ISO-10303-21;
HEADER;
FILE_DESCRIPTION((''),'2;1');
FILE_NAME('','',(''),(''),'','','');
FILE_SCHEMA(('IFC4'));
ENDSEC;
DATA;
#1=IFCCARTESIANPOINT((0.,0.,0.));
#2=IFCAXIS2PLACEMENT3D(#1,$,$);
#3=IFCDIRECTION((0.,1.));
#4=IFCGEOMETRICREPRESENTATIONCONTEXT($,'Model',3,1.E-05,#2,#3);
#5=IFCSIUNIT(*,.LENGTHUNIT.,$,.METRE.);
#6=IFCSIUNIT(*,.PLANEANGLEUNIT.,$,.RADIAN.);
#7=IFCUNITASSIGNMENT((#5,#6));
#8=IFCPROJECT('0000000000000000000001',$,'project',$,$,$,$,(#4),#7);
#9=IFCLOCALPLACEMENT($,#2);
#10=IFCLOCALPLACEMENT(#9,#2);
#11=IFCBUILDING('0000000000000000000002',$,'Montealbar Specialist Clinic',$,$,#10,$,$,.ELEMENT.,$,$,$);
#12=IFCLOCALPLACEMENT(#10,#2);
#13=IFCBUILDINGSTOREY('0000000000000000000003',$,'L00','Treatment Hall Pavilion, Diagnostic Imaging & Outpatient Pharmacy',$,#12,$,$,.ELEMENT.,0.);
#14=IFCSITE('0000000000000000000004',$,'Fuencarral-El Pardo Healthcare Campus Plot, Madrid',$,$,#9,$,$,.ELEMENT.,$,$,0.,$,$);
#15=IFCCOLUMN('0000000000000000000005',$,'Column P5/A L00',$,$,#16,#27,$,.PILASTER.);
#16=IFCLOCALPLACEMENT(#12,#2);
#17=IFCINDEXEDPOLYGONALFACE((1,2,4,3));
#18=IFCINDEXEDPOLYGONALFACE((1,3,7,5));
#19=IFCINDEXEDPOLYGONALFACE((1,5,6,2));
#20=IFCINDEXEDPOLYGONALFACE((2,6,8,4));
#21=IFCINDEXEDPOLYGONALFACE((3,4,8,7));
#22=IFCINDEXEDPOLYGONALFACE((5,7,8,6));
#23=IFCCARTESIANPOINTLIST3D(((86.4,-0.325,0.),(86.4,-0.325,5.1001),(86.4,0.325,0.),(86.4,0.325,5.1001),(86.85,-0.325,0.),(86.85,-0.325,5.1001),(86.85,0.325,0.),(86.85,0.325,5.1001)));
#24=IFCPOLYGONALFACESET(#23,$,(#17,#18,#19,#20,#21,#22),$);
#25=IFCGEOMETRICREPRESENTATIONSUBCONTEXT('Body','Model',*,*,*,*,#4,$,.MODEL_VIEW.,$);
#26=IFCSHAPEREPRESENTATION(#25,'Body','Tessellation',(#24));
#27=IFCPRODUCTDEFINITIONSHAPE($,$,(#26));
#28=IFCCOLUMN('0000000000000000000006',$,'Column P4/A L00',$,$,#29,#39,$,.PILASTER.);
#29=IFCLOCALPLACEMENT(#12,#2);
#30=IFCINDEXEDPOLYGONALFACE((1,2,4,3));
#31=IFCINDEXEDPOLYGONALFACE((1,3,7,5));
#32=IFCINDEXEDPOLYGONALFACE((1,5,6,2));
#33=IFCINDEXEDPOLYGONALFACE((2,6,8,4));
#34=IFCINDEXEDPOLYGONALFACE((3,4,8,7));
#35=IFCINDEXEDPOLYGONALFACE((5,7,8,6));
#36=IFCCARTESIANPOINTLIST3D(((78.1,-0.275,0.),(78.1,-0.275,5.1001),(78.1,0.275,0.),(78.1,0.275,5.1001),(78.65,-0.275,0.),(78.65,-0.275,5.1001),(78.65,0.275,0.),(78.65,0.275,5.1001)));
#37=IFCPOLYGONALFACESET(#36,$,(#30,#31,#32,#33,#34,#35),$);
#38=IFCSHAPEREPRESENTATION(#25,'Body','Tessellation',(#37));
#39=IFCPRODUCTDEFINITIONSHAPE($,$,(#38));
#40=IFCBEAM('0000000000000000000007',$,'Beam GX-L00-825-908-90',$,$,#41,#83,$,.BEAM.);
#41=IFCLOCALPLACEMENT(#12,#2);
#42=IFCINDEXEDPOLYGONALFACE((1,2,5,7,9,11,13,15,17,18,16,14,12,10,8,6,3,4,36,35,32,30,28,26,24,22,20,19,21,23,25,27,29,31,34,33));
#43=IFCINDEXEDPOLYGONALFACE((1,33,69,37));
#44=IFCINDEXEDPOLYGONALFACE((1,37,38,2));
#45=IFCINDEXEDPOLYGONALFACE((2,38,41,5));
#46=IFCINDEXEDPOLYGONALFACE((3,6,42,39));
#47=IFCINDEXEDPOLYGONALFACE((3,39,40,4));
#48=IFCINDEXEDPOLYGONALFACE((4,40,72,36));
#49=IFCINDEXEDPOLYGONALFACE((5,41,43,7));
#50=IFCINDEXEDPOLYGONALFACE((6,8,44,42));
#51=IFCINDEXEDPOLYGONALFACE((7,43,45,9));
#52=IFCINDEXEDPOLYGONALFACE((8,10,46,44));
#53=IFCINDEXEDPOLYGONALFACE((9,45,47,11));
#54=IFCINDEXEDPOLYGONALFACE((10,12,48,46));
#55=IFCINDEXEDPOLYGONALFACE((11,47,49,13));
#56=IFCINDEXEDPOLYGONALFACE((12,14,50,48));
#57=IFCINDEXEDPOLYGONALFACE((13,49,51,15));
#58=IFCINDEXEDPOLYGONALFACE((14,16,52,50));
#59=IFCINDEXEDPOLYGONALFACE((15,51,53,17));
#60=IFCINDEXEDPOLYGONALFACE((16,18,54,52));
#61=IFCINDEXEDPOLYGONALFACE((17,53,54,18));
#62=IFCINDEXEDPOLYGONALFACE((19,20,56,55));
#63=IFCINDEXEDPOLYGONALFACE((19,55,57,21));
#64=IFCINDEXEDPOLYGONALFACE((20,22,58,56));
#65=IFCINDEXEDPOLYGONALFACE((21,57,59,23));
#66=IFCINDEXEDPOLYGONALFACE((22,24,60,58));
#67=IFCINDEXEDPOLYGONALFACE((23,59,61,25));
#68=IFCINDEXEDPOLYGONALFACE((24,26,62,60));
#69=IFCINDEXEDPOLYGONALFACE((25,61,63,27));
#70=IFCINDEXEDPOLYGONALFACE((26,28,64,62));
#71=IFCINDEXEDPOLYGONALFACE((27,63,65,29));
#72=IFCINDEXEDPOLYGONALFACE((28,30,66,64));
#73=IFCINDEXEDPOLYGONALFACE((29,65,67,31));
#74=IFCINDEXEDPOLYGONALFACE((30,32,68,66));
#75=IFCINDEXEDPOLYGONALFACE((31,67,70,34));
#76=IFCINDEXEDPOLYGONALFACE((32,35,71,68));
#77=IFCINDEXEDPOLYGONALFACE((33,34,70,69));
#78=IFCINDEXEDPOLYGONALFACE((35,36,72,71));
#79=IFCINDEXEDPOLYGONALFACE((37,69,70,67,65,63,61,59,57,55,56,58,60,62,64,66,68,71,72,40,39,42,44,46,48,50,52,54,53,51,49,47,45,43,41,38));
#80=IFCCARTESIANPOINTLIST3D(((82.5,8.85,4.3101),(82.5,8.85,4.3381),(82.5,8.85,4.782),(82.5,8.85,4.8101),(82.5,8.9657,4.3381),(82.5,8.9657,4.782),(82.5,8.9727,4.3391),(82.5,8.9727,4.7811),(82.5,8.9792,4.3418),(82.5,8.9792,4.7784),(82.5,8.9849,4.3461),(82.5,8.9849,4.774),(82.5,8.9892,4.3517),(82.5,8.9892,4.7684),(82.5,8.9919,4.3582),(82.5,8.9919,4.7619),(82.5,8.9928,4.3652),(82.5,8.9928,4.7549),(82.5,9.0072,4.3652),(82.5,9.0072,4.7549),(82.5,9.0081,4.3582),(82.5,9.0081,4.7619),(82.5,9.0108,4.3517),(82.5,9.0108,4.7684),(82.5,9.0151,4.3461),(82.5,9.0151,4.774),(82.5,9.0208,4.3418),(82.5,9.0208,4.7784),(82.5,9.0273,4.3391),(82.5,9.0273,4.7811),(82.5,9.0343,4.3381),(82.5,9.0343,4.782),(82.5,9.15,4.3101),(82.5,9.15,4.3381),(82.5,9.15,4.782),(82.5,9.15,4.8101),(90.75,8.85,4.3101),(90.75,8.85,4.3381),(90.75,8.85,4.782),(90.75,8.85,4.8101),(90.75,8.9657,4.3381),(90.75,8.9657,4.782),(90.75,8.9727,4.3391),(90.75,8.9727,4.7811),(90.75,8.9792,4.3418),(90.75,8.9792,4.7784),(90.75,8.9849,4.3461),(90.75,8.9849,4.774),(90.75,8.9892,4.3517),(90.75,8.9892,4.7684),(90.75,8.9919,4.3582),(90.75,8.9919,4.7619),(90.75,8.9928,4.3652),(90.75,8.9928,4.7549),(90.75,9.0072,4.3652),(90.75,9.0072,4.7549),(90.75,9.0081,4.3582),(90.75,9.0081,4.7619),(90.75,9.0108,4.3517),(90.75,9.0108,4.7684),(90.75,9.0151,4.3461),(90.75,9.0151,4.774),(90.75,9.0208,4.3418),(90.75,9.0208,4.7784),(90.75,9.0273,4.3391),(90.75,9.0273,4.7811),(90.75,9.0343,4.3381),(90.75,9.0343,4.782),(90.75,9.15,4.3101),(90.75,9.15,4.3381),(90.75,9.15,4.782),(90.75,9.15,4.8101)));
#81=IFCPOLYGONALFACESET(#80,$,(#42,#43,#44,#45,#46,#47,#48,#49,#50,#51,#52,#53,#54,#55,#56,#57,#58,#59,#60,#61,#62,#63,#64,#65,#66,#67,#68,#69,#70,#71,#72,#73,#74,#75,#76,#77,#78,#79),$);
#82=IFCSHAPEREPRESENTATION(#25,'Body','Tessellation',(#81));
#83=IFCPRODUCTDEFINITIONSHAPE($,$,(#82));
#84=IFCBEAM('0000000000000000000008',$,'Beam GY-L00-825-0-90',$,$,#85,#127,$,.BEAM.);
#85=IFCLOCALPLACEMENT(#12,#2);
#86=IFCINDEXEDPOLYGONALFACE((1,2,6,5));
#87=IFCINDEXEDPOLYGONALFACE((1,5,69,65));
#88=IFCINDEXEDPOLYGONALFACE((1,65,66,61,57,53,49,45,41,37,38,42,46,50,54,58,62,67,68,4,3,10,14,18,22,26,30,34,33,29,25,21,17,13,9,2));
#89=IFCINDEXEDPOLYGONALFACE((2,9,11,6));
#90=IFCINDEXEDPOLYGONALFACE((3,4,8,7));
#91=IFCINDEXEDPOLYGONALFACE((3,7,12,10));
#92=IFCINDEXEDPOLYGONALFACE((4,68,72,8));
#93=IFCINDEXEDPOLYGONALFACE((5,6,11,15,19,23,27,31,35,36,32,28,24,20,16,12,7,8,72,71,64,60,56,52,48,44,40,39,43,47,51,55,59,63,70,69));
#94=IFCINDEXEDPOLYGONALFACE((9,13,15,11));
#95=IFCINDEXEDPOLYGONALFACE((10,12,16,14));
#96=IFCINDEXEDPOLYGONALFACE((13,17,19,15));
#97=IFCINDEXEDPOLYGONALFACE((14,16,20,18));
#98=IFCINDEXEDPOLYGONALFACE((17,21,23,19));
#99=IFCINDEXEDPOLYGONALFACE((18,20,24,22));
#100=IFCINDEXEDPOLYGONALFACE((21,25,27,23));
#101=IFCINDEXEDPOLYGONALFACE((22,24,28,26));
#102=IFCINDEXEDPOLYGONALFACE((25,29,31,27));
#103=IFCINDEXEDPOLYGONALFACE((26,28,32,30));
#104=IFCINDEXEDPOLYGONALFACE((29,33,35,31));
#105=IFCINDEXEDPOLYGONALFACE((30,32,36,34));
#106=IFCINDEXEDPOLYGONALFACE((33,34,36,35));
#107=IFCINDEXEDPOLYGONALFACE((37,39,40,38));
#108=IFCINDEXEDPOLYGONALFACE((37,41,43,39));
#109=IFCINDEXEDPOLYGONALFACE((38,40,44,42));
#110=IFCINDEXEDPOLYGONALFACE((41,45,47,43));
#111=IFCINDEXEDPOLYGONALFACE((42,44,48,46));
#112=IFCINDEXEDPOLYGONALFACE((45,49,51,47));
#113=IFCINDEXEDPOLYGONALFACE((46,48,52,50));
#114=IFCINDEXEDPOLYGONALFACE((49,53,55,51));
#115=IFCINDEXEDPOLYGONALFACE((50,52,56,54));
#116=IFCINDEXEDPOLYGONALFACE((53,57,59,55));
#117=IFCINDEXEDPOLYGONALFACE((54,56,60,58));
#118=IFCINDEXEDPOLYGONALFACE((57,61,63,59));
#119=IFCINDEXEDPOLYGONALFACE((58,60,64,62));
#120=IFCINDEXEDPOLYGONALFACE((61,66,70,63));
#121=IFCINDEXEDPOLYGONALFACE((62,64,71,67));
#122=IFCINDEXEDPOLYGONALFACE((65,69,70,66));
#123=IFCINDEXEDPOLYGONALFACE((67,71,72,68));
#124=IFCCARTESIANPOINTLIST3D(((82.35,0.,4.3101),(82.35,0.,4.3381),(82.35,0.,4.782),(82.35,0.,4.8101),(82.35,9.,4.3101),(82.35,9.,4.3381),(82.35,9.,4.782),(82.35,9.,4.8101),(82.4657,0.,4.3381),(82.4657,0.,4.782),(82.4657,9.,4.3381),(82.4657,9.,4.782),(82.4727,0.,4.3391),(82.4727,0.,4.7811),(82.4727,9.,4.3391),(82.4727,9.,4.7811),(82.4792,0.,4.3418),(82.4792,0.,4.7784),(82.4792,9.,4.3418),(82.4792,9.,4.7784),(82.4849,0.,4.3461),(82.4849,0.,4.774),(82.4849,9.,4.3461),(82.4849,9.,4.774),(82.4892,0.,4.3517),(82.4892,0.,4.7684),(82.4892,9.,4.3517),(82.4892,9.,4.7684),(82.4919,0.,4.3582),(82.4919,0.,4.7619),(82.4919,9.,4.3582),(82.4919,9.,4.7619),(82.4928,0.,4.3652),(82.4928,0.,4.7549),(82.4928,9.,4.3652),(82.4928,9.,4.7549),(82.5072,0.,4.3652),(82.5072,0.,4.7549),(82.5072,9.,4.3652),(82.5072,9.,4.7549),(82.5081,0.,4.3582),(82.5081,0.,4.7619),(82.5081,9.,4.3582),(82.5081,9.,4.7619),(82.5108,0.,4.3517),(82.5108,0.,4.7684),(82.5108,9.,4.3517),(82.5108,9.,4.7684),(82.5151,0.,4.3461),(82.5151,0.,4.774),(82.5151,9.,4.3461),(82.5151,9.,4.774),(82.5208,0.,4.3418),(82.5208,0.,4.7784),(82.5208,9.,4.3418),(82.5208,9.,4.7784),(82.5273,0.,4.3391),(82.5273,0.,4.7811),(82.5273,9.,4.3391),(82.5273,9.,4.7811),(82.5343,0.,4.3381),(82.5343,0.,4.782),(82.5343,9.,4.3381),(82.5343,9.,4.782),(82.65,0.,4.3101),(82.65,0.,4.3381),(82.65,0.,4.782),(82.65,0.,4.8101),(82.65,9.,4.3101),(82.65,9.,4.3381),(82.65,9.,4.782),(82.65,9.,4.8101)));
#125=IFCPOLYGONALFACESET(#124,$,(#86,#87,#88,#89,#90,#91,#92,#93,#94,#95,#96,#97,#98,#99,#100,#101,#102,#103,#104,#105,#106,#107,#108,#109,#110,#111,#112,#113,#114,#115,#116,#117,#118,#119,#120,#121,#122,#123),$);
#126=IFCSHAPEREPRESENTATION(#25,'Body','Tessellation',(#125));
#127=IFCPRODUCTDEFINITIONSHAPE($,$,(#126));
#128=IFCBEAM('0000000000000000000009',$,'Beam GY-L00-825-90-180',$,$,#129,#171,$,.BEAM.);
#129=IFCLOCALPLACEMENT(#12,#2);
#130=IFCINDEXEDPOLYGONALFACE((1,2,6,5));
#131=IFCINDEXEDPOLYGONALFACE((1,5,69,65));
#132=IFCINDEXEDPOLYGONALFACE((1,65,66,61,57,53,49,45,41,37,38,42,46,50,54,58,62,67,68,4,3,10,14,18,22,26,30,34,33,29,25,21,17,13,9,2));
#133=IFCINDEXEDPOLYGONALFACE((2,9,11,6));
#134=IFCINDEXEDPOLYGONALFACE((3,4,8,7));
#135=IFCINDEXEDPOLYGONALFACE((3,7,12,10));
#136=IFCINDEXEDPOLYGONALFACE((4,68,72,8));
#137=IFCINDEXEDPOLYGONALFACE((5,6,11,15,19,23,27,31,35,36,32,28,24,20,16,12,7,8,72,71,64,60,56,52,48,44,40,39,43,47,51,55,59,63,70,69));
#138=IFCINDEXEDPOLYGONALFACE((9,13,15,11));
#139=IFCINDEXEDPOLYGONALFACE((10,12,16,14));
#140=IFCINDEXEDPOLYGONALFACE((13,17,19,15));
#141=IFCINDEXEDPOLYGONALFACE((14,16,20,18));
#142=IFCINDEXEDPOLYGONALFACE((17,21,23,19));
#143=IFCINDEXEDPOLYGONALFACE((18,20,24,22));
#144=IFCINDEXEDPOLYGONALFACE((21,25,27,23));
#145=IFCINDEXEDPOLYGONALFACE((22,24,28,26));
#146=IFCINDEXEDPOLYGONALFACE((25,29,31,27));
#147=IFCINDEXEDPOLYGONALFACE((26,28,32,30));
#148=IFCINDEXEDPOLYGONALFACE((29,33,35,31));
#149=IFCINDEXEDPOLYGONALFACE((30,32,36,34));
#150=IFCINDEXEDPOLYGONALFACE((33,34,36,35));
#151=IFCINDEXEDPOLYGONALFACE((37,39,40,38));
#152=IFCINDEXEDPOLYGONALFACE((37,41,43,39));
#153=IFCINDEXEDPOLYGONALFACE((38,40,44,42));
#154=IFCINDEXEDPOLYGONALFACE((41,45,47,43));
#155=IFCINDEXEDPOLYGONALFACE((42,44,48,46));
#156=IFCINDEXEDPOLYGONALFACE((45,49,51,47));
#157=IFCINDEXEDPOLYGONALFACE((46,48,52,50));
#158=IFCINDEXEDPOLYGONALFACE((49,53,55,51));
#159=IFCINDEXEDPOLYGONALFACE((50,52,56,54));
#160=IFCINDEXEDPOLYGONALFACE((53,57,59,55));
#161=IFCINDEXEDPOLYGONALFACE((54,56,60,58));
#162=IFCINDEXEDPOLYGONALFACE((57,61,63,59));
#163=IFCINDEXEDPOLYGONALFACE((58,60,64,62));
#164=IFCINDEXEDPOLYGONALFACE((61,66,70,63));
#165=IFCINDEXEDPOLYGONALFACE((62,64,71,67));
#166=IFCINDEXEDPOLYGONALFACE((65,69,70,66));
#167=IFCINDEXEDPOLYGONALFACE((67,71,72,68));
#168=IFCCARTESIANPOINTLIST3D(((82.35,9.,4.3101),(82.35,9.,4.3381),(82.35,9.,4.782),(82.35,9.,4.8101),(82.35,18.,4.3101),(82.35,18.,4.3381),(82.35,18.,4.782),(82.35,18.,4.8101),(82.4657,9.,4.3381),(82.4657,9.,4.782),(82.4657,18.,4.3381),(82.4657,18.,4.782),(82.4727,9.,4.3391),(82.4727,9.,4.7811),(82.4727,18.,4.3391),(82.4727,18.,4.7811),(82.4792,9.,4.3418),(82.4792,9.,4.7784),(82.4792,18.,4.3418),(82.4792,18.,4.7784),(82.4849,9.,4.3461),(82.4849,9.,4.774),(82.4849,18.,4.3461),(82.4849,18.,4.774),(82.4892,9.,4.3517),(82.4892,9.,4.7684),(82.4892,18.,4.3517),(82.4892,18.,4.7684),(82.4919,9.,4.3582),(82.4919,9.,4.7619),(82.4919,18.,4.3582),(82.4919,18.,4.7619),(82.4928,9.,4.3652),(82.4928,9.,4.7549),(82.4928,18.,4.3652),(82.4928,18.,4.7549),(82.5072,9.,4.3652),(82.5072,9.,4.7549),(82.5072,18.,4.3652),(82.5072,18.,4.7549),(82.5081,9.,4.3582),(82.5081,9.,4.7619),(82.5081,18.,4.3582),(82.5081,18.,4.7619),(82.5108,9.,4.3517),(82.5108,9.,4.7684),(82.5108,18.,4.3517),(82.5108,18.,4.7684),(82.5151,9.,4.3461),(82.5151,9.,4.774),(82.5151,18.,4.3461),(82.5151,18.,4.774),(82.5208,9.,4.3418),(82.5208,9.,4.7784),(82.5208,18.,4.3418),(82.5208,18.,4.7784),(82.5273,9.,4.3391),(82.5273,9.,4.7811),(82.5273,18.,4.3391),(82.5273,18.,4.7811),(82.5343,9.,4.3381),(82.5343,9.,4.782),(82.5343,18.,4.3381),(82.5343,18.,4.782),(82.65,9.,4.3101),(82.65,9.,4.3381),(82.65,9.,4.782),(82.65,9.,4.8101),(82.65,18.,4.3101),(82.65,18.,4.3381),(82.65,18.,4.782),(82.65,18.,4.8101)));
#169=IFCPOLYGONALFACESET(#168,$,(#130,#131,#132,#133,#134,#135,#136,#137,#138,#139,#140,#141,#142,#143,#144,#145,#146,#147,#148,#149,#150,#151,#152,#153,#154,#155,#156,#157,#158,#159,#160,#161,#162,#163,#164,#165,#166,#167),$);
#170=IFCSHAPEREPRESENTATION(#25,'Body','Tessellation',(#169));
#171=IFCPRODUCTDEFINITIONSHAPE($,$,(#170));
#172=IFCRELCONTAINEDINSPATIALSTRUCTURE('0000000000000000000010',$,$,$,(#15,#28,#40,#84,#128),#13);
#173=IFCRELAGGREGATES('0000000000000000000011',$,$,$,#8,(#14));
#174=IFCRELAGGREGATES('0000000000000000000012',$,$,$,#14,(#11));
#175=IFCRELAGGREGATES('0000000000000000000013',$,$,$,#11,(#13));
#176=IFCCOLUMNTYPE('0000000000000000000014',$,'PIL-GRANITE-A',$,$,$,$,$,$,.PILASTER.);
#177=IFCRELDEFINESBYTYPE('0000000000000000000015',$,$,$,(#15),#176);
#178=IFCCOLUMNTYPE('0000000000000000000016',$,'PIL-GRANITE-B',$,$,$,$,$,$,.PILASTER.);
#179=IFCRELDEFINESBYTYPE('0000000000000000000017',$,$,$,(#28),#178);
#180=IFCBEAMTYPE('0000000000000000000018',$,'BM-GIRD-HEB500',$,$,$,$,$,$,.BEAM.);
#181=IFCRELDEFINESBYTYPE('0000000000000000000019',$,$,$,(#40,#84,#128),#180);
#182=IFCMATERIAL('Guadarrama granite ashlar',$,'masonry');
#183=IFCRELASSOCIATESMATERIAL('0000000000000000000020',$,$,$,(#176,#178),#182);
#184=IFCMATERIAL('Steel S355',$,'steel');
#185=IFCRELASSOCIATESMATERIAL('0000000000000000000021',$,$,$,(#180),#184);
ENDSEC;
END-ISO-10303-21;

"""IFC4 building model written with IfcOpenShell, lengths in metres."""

from ifc_helpers import new_model, si_unit, direction, frame, origin, origin_2d, place, context, subcontext, project, spatial, rectangle, i_section, extrude, material, material_profile, profile_set, type_object, element, save


model = new_model("IFC4")

# Units and contexts
model_context = context("Model", 3, precision=1e-05, world=origin(), true_north=direction((0.0, 1.0)))
body_context = subcontext(model_context, "Body", "Model", "MODEL_VIEW")
ifc_project = project(units=[si_unit("LENGTHUNIT", "METRE"), si_unit("PLANEANGLEUNIT", "RADIAN")], contexts=[model_context])

# Site, building, storey
site_placement = place(None, origin())
site = spatial("IfcSite", under=ifc_project, at=site_placement, Name="Fuencarral-El Pardo Healthcare Campus Plot, Madrid", CompositionType="ELEMENT", RefElevation=0.0)
building_placement = place(site_placement, origin())
building = spatial("IfcBuilding", under=site, at=building_placement, Name="Montealbar Specialist Clinic", CompositionType="ELEMENT")
storey_placement = place(building_placement, origin())
storey = spatial("IfcBuildingStorey", under=building, at=storey_placement, Name="L00", Description="Treatment Hall Pavilion, Diagnostic Imaging & Outpatient Pharmacy", CompositionType="ELEMENT", Elevation=0.0)

# Columns
ifc_material_1 = material(Name="Steel S355", Category="steel")
ifc_material_2 = material(Name="Guadarrama granite ashlar", Category="masonry")
ifc_material_profile_1 = material_profile(ifc_material_2, rectangle(XDim=0.45, YDim=0.6499, at=origin_2d()), Name="GRANITE PILASTER 450x650", Category="masonry")
ifc_profile_set_1 = profile_set([ifc_material_profile_1], Name="Guadarrama granite ashlar")
column_type_1 = type_object("IfcColumnType", Name="PIL-GRANITE-A", PredefinedType="PILASTER", material=ifc_profile_set_1)
column_1_placement = place(storey_placement, frame((86.625, 0.0, 0.0), z_axis=(0.0, 0.0, 1.0), x_axis=(1.0, 0.0, 0.0)))
element("IfcColumn", 1, at=column_1_placement, inside=storey, type_object=column_type_1, Name="Column P5/A L00", PredefinedType="PILASTER", context=body_context, shape_type="SweptSolid", body=[
    extrude(rectangle(XDim=0.45, YDim=0.6499, at=origin_2d()), origin(), (0.0, 0.0, 1.0), 5.1001),
])
ifc_material_profile_2 = material_profile(ifc_material_2, rectangle(XDim=0.55, YDim=0.55, at=origin_2d()), Name="GRANITE PILASTER 550x550", Category="masonry")
ifc_profile_set_2 = profile_set([ifc_material_profile_2], Name="Guadarrama granite ashlar")
column_type_2 = type_object("IfcColumnType", Name="PIL-GRANITE-B", PredefinedType="PILASTER", material=ifc_profile_set_2)
column_2_placement = place(storey_placement, frame((78.375, 0.0, 0.0), z_axis=(0.0, 0.0, 1.0), x_axis=(1.0, 0.0, 0.0)))
element("IfcColumn", 2, at=column_2_placement, inside=storey, type_object=column_type_2, Name="Column P4/A L00", PredefinedType="PILASTER", context=body_context, shape_type="SweptSolid", body=[
    extrude(rectangle(XDim=0.55, YDim=0.55, at=origin_2d()), origin(), (0.0, 0.0, 1.0), 5.1001),
])

# Beams
ifc_material_profile_3 = material_profile(ifc_material_1, i_section(OverallWidth=0.3, OverallDepth=0.5, WebThickness=0.0144, FlangeThickness=0.0281, FilletRadius=0.0271, at=origin_2d()), Name="HEB 500", Category="steel")
ifc_profile_set_3 = profile_set([ifc_material_profile_3], Name="Steel S355")
beam_type_1 = type_object("IfcBeamType", Name="BM-GIRD-HEB500", PredefinedType="BEAM", material=ifc_profile_set_3)
beam_1_placement = place(storey_placement, frame((82.5, 9.0, 4.5601), z_axis=(1.0, 0.0, 0.0), x_axis=(0.0, 1.0, 0.0)))
element("IfcBeam", 3, at=beam_1_placement, inside=storey, type_object=beam_type_1, Name="Beam GX-L00-825-908-90", PredefinedType="BEAM", context=body_context, shape_type="SweptSolid", body=[
    extrude(i_section(OverallWidth=0.3, OverallDepth=0.5, WebThickness=0.0144, FlangeThickness=0.0281, FilletRadius=0.0271, at=origin_2d()), origin(), (0.0, 0.0, 1.0), 8.25),
])
for number, where, z_axis, x_axis, name in (
    (4, (82.5, 0.0, 4.5601), (0.0, 1.0, 0.0), (-1.0, 0.0, 0.0), "Beam GY-L00-825-0-90"),
    (5, (82.5, 9.0, 4.5601), (0.0, 1.0, 0.0), (-1.0, 0.0, 0.0), "Beam GY-L00-825-90-180"),
):
    element("IfcBeam", number, at=place(storey_placement, frame(where, z_axis=z_axis, x_axis=x_axis)), inside=storey, type_object=beam_type_1, Name=name, PredefinedType="BEAM", context=body_context, shape_type="SweptSolid", body=[
        extrude(i_section(OverallWidth=0.3, OverallDepth=0.5, WebThickness=0.0144, FlangeThickness=0.0281, FilletRadius=0.0271, at=origin_2d()), origin(), (0.0, 0.0, 1.0), 9.0),
    ])

save(model, "model.ifc")
